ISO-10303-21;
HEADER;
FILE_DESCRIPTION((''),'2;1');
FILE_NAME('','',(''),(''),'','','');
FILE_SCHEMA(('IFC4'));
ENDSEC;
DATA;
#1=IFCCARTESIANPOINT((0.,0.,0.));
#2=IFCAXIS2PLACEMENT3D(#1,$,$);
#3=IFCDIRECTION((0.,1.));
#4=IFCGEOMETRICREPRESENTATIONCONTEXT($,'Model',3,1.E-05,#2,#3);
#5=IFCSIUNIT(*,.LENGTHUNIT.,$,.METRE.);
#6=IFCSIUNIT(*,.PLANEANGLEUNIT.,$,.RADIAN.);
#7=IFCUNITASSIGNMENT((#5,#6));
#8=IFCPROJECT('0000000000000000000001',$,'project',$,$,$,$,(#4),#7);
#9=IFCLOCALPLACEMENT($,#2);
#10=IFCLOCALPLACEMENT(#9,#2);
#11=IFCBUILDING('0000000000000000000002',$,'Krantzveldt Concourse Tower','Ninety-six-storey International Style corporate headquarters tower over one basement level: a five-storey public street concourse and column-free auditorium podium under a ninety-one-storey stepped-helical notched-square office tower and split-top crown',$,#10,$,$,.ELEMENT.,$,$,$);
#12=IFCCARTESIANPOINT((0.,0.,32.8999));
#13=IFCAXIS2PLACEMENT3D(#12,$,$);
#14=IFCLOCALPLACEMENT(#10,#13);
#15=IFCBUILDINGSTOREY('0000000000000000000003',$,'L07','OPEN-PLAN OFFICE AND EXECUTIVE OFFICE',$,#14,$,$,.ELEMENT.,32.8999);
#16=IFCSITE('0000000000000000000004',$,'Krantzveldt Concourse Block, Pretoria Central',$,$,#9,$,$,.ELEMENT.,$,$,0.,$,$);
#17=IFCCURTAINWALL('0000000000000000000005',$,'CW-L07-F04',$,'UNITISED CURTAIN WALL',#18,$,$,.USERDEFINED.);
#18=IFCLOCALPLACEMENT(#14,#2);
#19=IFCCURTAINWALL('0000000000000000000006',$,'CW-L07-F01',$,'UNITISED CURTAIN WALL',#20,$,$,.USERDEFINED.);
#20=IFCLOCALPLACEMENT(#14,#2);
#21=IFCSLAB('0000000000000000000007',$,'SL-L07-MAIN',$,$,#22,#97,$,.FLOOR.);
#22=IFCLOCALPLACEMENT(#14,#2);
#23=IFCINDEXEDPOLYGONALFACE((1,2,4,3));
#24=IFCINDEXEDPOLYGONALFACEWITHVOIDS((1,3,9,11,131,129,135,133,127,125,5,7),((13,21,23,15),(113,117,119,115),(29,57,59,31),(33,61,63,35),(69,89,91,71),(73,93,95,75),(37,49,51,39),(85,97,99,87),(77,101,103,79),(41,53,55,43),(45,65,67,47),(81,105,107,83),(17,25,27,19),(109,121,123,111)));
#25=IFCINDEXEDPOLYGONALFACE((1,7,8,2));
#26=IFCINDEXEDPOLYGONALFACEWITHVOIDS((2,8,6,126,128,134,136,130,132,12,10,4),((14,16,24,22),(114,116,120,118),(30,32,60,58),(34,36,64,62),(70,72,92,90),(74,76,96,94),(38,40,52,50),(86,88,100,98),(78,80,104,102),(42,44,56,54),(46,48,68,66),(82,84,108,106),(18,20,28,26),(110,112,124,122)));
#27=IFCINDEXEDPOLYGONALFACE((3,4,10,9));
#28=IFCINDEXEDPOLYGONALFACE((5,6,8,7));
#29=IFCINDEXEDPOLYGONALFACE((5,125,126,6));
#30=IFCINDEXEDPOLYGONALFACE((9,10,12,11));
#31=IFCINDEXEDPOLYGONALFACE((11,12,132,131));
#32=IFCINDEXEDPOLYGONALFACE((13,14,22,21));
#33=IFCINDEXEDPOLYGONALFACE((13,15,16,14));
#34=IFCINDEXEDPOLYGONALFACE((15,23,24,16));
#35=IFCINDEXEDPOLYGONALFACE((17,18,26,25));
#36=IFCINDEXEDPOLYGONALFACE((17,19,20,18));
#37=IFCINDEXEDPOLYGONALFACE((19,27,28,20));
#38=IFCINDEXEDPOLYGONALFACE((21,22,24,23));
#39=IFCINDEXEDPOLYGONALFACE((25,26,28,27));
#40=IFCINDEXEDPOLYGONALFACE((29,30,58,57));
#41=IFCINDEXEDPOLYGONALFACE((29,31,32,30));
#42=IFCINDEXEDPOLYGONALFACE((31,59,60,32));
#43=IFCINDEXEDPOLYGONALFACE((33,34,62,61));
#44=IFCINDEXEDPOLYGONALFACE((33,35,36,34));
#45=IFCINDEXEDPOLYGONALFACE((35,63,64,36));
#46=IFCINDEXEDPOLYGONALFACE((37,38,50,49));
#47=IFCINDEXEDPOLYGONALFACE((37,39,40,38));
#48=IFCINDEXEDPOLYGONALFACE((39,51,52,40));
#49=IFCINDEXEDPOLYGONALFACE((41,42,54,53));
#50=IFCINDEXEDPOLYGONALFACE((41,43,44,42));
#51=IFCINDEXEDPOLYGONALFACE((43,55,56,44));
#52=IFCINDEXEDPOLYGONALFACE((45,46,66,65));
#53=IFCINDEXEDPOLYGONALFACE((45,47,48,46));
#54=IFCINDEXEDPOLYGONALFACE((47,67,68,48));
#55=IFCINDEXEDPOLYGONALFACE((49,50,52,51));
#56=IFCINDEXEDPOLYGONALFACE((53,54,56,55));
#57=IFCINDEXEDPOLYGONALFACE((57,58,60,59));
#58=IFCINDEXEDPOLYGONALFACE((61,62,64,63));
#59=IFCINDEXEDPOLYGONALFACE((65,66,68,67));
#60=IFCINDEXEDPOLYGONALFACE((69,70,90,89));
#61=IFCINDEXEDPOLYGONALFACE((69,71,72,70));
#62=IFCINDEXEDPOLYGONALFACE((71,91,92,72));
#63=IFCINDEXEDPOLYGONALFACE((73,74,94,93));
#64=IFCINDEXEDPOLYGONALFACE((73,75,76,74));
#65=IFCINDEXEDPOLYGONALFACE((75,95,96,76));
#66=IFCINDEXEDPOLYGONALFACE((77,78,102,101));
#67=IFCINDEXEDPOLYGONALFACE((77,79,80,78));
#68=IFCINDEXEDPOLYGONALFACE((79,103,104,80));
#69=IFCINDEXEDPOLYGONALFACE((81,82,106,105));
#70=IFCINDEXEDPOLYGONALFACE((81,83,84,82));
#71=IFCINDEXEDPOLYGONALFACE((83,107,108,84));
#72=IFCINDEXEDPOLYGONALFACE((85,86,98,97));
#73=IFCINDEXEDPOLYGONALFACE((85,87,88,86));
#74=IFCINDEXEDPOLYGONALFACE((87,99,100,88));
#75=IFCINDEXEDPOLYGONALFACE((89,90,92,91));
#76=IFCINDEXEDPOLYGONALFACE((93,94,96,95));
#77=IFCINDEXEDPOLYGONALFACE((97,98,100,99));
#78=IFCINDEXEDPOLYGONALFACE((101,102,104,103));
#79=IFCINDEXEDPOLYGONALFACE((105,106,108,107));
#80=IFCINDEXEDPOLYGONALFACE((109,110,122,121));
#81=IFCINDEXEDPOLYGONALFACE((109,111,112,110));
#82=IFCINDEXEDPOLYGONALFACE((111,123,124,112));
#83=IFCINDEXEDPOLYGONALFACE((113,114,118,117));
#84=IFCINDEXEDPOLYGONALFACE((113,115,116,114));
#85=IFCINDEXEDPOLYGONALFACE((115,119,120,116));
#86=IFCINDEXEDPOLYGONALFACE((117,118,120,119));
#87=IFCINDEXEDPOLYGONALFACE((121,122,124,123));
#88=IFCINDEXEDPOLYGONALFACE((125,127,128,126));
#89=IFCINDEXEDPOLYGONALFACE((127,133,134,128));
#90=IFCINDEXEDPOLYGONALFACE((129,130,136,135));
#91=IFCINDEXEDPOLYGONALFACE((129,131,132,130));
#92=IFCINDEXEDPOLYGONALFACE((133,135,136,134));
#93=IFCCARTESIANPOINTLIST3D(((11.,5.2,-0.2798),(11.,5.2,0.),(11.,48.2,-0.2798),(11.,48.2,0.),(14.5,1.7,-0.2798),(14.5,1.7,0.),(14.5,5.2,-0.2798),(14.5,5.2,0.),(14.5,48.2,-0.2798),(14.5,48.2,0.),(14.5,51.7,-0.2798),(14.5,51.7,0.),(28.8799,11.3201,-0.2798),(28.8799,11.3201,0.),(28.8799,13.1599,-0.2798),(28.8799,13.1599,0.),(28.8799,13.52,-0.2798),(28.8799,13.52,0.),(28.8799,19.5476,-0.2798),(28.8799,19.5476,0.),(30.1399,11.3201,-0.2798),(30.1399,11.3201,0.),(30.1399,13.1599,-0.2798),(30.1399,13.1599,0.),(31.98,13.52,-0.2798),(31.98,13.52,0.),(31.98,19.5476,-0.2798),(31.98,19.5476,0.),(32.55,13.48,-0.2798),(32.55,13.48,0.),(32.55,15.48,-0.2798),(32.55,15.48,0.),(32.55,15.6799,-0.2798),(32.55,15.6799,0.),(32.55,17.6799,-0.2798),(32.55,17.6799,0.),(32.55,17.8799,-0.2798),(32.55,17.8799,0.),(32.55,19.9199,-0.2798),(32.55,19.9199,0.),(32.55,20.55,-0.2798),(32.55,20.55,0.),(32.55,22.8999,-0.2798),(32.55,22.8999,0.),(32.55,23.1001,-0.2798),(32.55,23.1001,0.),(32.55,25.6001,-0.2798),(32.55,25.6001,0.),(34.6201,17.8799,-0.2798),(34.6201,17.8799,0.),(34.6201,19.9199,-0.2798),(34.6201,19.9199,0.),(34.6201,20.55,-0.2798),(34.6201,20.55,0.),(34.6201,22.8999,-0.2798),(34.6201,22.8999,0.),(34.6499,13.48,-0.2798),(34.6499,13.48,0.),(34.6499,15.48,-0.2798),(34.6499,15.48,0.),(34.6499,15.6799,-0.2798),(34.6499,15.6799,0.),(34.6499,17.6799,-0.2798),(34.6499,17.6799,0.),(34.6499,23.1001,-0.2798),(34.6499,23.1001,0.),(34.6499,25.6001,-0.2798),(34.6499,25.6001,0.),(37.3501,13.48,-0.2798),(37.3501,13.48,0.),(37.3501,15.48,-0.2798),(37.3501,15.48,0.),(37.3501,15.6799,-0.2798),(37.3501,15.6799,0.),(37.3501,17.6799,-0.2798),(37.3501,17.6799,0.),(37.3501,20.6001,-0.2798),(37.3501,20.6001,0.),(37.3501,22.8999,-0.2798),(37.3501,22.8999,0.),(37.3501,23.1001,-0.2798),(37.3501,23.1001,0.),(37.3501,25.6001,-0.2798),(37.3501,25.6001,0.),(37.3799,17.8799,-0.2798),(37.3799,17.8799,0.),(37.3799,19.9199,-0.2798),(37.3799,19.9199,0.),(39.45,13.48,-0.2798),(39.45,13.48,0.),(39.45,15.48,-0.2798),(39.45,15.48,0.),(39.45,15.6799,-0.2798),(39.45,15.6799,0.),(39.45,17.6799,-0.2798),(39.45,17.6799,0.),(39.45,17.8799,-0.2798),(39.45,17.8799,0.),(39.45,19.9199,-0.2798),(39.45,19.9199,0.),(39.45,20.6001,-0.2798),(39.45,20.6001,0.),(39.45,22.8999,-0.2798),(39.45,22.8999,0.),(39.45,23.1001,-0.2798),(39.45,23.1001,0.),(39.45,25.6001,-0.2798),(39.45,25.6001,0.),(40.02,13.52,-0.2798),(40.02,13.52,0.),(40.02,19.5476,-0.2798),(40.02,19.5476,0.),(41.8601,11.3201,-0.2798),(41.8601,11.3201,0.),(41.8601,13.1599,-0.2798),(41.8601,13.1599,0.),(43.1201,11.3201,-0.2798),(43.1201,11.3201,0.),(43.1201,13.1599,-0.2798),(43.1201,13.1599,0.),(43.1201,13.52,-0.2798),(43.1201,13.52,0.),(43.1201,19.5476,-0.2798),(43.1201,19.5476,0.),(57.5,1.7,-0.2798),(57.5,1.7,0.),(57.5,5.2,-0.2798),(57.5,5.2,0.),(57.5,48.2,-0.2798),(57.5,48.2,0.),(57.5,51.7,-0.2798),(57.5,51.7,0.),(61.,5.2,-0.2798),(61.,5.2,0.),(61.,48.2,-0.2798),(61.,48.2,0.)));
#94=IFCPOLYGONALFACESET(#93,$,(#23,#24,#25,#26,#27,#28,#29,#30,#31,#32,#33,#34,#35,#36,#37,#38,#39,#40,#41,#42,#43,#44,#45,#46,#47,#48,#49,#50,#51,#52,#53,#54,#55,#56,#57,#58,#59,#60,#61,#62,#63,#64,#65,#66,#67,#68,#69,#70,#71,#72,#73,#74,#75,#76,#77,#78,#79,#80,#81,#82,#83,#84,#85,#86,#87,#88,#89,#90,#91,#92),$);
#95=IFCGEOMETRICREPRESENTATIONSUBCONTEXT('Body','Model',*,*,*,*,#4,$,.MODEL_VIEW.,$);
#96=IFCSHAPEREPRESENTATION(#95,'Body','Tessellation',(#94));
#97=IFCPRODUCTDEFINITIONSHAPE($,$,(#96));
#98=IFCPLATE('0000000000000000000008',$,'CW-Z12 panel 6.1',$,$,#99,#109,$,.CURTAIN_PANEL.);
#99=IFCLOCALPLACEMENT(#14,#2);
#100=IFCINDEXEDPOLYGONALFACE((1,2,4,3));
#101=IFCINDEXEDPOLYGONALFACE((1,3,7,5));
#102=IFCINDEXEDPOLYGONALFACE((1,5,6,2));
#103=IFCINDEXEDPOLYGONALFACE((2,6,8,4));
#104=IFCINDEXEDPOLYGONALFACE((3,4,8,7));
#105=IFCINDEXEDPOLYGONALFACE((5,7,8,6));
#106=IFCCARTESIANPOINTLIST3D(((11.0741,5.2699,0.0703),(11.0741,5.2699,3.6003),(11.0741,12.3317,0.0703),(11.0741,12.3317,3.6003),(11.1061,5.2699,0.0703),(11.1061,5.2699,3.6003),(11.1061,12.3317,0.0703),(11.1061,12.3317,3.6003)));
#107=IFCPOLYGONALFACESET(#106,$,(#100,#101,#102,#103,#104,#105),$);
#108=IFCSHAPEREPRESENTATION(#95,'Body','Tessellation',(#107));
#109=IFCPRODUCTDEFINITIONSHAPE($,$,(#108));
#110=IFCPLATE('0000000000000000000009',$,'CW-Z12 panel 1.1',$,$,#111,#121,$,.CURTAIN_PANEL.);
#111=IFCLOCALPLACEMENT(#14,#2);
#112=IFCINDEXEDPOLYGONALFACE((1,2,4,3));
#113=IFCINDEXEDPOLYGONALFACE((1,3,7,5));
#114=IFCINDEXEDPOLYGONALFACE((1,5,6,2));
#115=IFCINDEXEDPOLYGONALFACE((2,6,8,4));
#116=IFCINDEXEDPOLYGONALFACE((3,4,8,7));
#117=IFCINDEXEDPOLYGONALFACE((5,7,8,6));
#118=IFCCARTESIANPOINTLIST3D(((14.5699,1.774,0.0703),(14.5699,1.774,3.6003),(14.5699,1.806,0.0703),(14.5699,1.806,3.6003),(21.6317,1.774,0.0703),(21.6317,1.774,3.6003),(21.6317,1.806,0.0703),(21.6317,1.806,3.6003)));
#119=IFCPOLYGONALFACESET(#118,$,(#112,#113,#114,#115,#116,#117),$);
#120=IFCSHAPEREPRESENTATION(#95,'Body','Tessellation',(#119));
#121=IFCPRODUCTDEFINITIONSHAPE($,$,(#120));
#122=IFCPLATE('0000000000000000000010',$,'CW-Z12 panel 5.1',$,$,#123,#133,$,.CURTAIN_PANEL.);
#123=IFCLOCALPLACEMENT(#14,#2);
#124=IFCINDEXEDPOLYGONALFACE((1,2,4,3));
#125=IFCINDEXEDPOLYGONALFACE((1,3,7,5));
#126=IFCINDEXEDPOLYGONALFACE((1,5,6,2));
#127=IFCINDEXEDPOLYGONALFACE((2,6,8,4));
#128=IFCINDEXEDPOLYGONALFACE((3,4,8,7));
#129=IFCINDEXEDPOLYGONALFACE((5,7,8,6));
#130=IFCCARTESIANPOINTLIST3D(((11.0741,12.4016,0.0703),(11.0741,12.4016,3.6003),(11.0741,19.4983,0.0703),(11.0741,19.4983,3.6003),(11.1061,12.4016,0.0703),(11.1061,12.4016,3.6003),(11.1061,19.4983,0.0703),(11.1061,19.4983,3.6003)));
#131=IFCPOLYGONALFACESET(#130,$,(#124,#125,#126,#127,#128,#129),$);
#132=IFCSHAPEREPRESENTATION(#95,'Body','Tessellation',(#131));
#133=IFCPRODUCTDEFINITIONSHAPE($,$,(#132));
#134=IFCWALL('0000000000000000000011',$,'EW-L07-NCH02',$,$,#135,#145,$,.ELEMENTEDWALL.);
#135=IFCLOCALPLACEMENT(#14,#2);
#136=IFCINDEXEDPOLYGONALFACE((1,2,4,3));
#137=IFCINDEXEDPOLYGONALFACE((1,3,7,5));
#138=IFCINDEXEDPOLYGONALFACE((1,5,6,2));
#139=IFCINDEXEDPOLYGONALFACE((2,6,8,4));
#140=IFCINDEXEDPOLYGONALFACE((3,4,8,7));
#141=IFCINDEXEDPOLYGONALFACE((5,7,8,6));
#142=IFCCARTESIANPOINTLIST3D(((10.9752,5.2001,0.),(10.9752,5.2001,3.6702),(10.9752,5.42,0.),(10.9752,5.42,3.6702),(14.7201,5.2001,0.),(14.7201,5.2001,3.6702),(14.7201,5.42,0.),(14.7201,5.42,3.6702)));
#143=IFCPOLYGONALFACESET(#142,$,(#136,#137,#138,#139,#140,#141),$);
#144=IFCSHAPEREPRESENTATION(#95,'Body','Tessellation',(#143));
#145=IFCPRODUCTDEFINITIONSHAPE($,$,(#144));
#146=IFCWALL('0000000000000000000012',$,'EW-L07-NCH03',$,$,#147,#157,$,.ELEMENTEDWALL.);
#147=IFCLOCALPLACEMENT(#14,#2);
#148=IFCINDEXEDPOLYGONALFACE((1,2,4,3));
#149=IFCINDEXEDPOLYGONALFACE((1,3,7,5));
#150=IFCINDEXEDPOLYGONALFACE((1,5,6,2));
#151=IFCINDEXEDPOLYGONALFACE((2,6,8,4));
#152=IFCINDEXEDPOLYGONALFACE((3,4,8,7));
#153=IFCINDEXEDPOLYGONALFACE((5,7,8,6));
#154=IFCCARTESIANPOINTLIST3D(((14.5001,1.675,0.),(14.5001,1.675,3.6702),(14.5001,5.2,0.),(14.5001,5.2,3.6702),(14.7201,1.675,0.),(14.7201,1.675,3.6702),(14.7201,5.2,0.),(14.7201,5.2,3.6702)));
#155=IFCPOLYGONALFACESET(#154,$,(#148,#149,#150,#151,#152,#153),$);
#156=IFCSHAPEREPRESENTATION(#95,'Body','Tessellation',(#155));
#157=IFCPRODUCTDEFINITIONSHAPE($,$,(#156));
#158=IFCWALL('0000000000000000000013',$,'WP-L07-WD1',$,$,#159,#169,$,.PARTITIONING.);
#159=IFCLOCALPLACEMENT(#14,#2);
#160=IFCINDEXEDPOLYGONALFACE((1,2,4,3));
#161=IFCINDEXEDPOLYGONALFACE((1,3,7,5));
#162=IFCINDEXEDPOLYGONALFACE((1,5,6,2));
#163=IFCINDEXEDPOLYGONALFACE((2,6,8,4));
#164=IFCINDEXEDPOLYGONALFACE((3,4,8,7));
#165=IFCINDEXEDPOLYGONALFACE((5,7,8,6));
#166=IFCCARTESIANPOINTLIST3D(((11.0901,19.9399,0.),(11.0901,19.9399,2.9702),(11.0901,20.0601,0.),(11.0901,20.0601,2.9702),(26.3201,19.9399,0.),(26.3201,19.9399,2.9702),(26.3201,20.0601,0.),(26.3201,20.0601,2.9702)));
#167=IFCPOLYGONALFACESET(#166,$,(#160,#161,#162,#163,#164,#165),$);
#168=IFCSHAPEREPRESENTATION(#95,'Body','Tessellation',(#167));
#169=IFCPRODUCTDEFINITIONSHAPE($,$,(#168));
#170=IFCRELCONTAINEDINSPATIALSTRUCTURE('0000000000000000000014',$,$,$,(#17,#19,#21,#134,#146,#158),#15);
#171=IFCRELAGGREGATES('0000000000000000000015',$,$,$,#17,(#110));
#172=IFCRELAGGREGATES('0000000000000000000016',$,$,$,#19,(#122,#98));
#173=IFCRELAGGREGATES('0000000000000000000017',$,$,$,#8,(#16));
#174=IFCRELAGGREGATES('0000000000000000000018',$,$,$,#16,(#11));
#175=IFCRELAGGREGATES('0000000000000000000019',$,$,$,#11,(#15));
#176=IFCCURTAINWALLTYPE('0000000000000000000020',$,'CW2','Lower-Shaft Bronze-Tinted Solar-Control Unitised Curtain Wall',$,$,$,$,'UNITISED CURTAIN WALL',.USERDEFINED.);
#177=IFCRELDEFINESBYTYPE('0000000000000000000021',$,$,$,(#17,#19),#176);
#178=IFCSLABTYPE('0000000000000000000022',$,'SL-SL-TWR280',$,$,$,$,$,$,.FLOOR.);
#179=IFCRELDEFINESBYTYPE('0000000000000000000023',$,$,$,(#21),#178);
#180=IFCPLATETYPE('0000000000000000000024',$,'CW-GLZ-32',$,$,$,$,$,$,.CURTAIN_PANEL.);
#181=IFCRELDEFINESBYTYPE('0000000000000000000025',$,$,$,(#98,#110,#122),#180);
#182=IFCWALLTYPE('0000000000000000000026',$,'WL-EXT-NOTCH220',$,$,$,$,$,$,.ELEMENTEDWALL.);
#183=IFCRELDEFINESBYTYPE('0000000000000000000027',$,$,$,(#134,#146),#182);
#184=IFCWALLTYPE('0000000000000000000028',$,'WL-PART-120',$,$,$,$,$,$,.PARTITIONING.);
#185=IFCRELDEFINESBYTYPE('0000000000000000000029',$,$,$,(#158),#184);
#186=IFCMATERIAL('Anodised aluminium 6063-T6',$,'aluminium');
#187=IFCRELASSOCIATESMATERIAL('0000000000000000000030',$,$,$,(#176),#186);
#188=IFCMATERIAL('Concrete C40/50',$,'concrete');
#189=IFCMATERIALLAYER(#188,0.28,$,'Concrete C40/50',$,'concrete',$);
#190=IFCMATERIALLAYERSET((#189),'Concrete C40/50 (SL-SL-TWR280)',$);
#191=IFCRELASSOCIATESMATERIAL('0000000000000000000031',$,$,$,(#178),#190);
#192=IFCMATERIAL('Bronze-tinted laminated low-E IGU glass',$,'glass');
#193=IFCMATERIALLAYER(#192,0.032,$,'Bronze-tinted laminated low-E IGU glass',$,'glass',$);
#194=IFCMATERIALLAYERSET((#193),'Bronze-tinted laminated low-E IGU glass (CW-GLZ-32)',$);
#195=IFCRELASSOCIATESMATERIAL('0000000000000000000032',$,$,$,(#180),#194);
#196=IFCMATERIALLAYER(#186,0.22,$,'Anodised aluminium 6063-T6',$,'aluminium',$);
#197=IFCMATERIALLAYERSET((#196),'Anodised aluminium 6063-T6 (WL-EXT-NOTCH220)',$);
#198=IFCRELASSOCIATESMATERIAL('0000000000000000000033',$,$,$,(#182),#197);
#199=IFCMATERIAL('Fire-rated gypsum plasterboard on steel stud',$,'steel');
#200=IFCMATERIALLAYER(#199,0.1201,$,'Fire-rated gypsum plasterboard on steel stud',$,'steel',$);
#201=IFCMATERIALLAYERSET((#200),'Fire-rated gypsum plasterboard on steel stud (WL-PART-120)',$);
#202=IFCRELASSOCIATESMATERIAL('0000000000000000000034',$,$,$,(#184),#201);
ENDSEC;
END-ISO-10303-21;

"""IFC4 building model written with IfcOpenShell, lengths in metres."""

from ifc_helpers import new_model, si_unit, direction, frame, frame_2d, origin, origin_2d, place, context, subcontext, project, spatial, polyline, rectangle, outline, extrude, source, transform, mapped, material, layer, layer_set, type_object, type_shapes, element, aggregate, save


model = new_model("IFC4")

# Units and contexts
model_context = context("Model", 3, precision=1e-05, world=origin(), true_north=direction((0.0, 1.0)))
body_context = subcontext(model_context, "Body", "Model", "MODEL_VIEW")
ifc_project = project(units=[si_unit("LENGTHUNIT", "METRE"), si_unit("PLANEANGLEUNIT", "RADIAN")], contexts=[model_context])

# Site, building, storey
site_placement = place(None, origin())
site = spatial("IfcSite", under=ifc_project, at=site_placement, Name="Krantzveldt Concourse Block, Pretoria Central", CompositionType="ELEMENT", RefElevation=0.0)
building_placement = place(site_placement, origin())
building = spatial("IfcBuilding", under=site, at=building_placement, Name="Krantzveldt Concourse Tower", Description="Ninety-six-storey International Style corporate headquarters tower over one basement level: a five-storey public street concourse and column-free auditorium podium under a ninety-one-storey stepped-helical notched-square office tower and split-top crown", CompositionType="ELEMENT")
storey_placement = place(building_placement, frame((0.0, 0.0, 32.8999)))
storey = spatial("IfcBuildingStorey", under=building, at=storey_placement, Name="L07", Description="OPEN-PLAN OFFICE AND EXECUTIVE OFFICE", CompositionType="ELEMENT", Elevation=32.8999)

# Curtain walls
ifc_material_1 = material(Name="Anodised aluminium 6063-T6", Category="aluminium")
curtain_wall_type = type_object("IfcCurtainWallType", Name="CW2", Description="Lower-Shaft Bronze-Tinted Solar-Control Unitised Curtain Wall", ElementType="UNITISED CURTAIN WALL", PredefinedType="USERDEFINED", material=ifc_material_1)
curtain_wall_1_placement = place(storey_placement, origin())
curtain_wall_1 = element("IfcCurtainWall", 1, at=curtain_wall_1_placement, inside=storey, type_object=curtain_wall_type, Name="CW-L07-F04", ObjectType="UNITISED CURTAIN WALL", PredefinedType="USERDEFINED")
curtain_wall_2_placement = place(storey_placement, origin())
curtain_wall_2 = element("IfcCurtainWall", 2, at=curtain_wall_2_placement, inside=storey, type_object=curtain_wall_type, Name="CW-L07-F01", ObjectType="UNITISED CURTAIN WALL", PredefinedType="USERDEFINED")

# Slab
ifc_material_2 = material(Name="Concrete C40/50", Category="concrete")
ifc_layer_1 = layer(ifc_material_2, 0.28, Name="Concrete C40/50", Category="concrete")
ifc_layer_set_1 = layer_set([ifc_layer_1], Name="Concrete C40/50 (SL-SL-TWR280)")
slab_type_1 = type_object("IfcSlabType", Name="SL-SL-TWR280", PredefinedType="FLOOR", material=ifc_layer_set_1)
slab_1_placement = place(storey_placement, frame((0.0, 0.0, -0.2798)))
element("IfcSlab", 3, at=slab_1_placement, inside=storey, type_object=slab_type_1, Name="SL-L07-MAIN", PredefinedType="FLOOR", context=body_context, shape_type="SweptSolid", body=[
    extrude(outline(polyline([(14.5, 48.2), (11.0, 48.2), (11.0, 5.2), (14.5, 5.2), (14.5, 1.7), (57.5, 1.7), (57.5, 5.2), (61.0, 5.2), (61.0, 48.2), (57.5, 48.2), (57.5, 51.7), (14.5, 51.7), (14.5, 48.2)]), holes=[polyline([(28.8799, 19.5476), (28.8799, 13.52), (31.98, 13.52), (31.98, 19.5476), (28.8799, 19.5476)]), polyline([(40.02, 19.5476), (40.02, 13.52), (43.1201, 13.52), (43.1201, 19.5476), (40.02, 19.5476)]), polyline([(32.55, 23.1001), (34.6499, 23.1001), (34.6499, 25.6001), (32.55, 25.6001), (32.55, 23.1001)]), polyline([(37.3501, 23.1001), (39.45, 23.1001), (39.45, 25.6001), (37.3501, 25.6001), (37.3501, 23.1001)]), polyline([(37.3501, 20.6001), (39.45, 20.6001), (39.45, 22.8999), (37.3501, 22.8999), (37.3501, 20.6001)]), polyline([(32.55, 13.48), (34.6499, 13.48), (34.6499, 15.48), (32.55, 15.48), (32.55, 13.48)]), polyline([(32.55, 15.6799), (34.6499, 15.6799), (34.6499, 17.6799), (32.55, 17.6799), (32.55, 15.6799)]), polyline([(37.3501, 13.48), (39.45, 13.48), (39.45, 15.48), (37.3501, 15.48), (37.3501, 13.48)]), polyline([(37.3501, 15.6799), (39.45, 15.6799), (39.45, 17.6799), (37.3501, 17.6799), (37.3501, 15.6799)]), polyline([(32.55, 20.55), (34.6201, 20.55), (34.6201, 22.8999), (32.55, 22.8999), (32.55, 20.55)]), polyline([(32.55, 17.8799), (34.6201, 17.8799), (34.6201, 19.9199), (32.55, 19.9199), (32.55, 17.8799)]), polyline([(37.3799, 17.8799), (39.45, 17.8799), (39.45, 19.9199), (37.3799, 19.9199), (37.3799, 17.8799)]), polyline([(28.8799, 11.3201), (30.1399, 11.3201), (30.1399, 13.1599), (28.8799, 13.1599), (28.8799, 11.3201)]), polyline([(41.8601, 11.3201), (43.1201, 11.3201), (43.1201, 13.1599), (41.8601, 13.1599), (41.8601, 11.3201)])]), origin(), (0.0, 0.0, 1.0), 0.2798),
])

# Plates
ifc_material_3 = material(Name="Bronze-tinted laminated low-E IGU glass", Category="glass")
ifc_layer_2 = layer(ifc_material_3, 0.032, Name="Bronze-tinted laminated low-E IGU glass", Category="glass")
ifc_layer_set_2 = layer_set([ifc_layer_2], Name="Bronze-tinted laminated low-E IGU glass (CW-GLZ-32)")
plate_type = type_object("IfcPlateType", Name="CW-GLZ-32", PredefinedType="CURTAIN_PANEL", material=ifc_layer_set_2)
shared_shape_1 = source(origin(), body_context, "Body", "SweptSolid", [
    extrude(rectangle(XDim=7.0618, YDim=0.032, at=origin_2d()), origin(), (0.0, 0.0, 1.0), 3.53),
])
plate_1_placement = place(storey_placement, frame((11.0901, 8.8008, 0.0703), z_axis=(0.0, 0.0, 1.0), x_axis=(0.0, -1.0, 0.0)))
plate_1 = element("IfcPlate", 4, at=plate_1_placement, type_object=plate_type, Name="CW-Z12 panel 6.1", PredefinedType="CURTAIN_PANEL", context=body_context, shape_type="MappedRepresentation", body=[
    mapped(shared_shape_1, transform((0.0, 0.0, 0.0), x_axis=(1.0, 0.0, 0.0), y_axis=(0.0, 1.0, 0.0), z_axis=(0.0, 0.0, 1.0), scale=1.0)),
])
plate_2_placement = place(storey_placement, frame((18.1008, 1.79, 0.0703), z_axis=(0.0, 0.0, 1.0), x_axis=(1.0, 0.0, 0.0)))
plate_2 = element("IfcPlate", 5, at=plate_2_placement, type_object=plate_type, Name="CW-Z12 panel 1.1", PredefinedType="CURTAIN_PANEL", context=body_context, shape_type="MappedRepresentation", body=[
    mapped(shared_shape_1, transform((0.0, 0.0, 0.0), x_axis=(1.0, 0.0, 0.0), y_axis=(0.0, 1.0, 0.0), z_axis=(0.0, 0.0, 1.0), scale=1.0)),
])
aggregate(curtain_wall_1, [plate_2])
shared_shape_2 = source(origin(), body_context, "Body", "SweptSolid", [
    extrude(rectangle(XDim=7.0967, YDim=0.032, at=origin_2d()), origin(), (0.0, 0.0, 1.0), 3.53),
])
type_shapes(plate_type, [shared_shape_1, shared_shape_2])
plate_3_placement = place(storey_placement, frame((11.0901, 15.95, 0.0703), z_axis=(0.0, 0.0, 1.0), x_axis=(0.0, -1.0, 0.0)))
plate_3 = element("IfcPlate", 6, at=plate_3_placement, type_object=plate_type, Name="CW-Z12 panel 5.1", PredefinedType="CURTAIN_PANEL", context=body_context, shape_type="MappedRepresentation", body=[
    mapped(shared_shape_2, transform((0.0, 0.0, 0.0), x_axis=(1.0, 0.0, 0.0), y_axis=(0.0, 1.0, 0.0), z_axis=(0.0, 0.0, 1.0), scale=1.0)),
])
aggregate(curtain_wall_2, [plate_3, plate_1])

# Walls
ifc_layer_3 = layer(ifc_material_1, 0.22, Name="Anodised aluminium 6063-T6", Category="aluminium")
ifc_layer_set_3 = layer_set([ifc_layer_3], Name="Anodised aluminium 6063-T6 (WL-EXT-NOTCH220)")
wall_type_1 = type_object("IfcWallType", Name="WL-EXT-NOTCH220", PredefinedType="ELEMENTEDWALL", material=ifc_layer_set_3)
wall_1_placement = place(storey_placement, frame((10.9751, 5.3101, 0.0), z_axis=(0.0, 0.0, 1.0), x_axis=(1.0, 0.0, 0.0)))
element("IfcWall", 7, at=wall_1_placement, inside=storey, type_object=wall_type_1, Name="EW-L07-NCH02", PredefinedType="ELEMENTEDWALL", context=body_context, shape_type="SweptSolid", body=[
    extrude(rectangle(XDim=3.7449, YDim=0.22, at=frame_2d((1.8726, 0.0))), origin(), (0.0, 0.0, 1.0), 3.6702),
])
wall_2_placement = place(storey_placement, frame((14.6101, 5.2, 0.0), z_axis=(0.0, 0.0, 1.0), x_axis=(0.0, -1.0, 0.0)))
element("IfcWall", 8, at=wall_2_placement, inside=storey, type_object=wall_type_1, Name="EW-L07-NCH03", PredefinedType="ELEMENTEDWALL", context=body_context, shape_type="SweptSolid", body=[
    extrude(rectangle(XDim=3.5249, YDim=0.22, at=frame_2d((1.7625, 0.0))), origin(), (0.0, 0.0, 1.0), 3.6702),
])
ifc_material_4 = material(Name="Fire-rated gypsum plasterboard on steel stud", Category="steel")
ifc_layer_4 = layer(ifc_material_4, 0.1201, Name="Fire-rated gypsum plasterboard on steel stud", Category="steel")
ifc_layer_set_4 = layer_set([ifc_layer_4], Name="Fire-rated gypsum plasterboard on steel stud (WL-PART-120)")
wall_type_2 = type_object("IfcWallType", Name="WL-PART-120", PredefinedType="PARTITIONING", material=ifc_layer_set_4)
wall_3_placement = place(storey_placement, frame((11.0901, 20.0, 0.0), z_axis=(0.0, 0.0, 1.0), x_axis=(1.0, 0.0, 0.0)))
element("IfcWall", 9, at=wall_3_placement, inside=storey, type_object=wall_type_2, Name="WP-L07-WD1", PredefinedType="PARTITIONING", context=body_context, shape_type="SweptSolid", body=[
    extrude(rectangle(XDim=15.23, YDim=0.1201, at=frame_2d((7.615, 0.0))), origin(), (0.0, 0.0, 1.0), 2.9702),
])

save(model, "model.ifc")
